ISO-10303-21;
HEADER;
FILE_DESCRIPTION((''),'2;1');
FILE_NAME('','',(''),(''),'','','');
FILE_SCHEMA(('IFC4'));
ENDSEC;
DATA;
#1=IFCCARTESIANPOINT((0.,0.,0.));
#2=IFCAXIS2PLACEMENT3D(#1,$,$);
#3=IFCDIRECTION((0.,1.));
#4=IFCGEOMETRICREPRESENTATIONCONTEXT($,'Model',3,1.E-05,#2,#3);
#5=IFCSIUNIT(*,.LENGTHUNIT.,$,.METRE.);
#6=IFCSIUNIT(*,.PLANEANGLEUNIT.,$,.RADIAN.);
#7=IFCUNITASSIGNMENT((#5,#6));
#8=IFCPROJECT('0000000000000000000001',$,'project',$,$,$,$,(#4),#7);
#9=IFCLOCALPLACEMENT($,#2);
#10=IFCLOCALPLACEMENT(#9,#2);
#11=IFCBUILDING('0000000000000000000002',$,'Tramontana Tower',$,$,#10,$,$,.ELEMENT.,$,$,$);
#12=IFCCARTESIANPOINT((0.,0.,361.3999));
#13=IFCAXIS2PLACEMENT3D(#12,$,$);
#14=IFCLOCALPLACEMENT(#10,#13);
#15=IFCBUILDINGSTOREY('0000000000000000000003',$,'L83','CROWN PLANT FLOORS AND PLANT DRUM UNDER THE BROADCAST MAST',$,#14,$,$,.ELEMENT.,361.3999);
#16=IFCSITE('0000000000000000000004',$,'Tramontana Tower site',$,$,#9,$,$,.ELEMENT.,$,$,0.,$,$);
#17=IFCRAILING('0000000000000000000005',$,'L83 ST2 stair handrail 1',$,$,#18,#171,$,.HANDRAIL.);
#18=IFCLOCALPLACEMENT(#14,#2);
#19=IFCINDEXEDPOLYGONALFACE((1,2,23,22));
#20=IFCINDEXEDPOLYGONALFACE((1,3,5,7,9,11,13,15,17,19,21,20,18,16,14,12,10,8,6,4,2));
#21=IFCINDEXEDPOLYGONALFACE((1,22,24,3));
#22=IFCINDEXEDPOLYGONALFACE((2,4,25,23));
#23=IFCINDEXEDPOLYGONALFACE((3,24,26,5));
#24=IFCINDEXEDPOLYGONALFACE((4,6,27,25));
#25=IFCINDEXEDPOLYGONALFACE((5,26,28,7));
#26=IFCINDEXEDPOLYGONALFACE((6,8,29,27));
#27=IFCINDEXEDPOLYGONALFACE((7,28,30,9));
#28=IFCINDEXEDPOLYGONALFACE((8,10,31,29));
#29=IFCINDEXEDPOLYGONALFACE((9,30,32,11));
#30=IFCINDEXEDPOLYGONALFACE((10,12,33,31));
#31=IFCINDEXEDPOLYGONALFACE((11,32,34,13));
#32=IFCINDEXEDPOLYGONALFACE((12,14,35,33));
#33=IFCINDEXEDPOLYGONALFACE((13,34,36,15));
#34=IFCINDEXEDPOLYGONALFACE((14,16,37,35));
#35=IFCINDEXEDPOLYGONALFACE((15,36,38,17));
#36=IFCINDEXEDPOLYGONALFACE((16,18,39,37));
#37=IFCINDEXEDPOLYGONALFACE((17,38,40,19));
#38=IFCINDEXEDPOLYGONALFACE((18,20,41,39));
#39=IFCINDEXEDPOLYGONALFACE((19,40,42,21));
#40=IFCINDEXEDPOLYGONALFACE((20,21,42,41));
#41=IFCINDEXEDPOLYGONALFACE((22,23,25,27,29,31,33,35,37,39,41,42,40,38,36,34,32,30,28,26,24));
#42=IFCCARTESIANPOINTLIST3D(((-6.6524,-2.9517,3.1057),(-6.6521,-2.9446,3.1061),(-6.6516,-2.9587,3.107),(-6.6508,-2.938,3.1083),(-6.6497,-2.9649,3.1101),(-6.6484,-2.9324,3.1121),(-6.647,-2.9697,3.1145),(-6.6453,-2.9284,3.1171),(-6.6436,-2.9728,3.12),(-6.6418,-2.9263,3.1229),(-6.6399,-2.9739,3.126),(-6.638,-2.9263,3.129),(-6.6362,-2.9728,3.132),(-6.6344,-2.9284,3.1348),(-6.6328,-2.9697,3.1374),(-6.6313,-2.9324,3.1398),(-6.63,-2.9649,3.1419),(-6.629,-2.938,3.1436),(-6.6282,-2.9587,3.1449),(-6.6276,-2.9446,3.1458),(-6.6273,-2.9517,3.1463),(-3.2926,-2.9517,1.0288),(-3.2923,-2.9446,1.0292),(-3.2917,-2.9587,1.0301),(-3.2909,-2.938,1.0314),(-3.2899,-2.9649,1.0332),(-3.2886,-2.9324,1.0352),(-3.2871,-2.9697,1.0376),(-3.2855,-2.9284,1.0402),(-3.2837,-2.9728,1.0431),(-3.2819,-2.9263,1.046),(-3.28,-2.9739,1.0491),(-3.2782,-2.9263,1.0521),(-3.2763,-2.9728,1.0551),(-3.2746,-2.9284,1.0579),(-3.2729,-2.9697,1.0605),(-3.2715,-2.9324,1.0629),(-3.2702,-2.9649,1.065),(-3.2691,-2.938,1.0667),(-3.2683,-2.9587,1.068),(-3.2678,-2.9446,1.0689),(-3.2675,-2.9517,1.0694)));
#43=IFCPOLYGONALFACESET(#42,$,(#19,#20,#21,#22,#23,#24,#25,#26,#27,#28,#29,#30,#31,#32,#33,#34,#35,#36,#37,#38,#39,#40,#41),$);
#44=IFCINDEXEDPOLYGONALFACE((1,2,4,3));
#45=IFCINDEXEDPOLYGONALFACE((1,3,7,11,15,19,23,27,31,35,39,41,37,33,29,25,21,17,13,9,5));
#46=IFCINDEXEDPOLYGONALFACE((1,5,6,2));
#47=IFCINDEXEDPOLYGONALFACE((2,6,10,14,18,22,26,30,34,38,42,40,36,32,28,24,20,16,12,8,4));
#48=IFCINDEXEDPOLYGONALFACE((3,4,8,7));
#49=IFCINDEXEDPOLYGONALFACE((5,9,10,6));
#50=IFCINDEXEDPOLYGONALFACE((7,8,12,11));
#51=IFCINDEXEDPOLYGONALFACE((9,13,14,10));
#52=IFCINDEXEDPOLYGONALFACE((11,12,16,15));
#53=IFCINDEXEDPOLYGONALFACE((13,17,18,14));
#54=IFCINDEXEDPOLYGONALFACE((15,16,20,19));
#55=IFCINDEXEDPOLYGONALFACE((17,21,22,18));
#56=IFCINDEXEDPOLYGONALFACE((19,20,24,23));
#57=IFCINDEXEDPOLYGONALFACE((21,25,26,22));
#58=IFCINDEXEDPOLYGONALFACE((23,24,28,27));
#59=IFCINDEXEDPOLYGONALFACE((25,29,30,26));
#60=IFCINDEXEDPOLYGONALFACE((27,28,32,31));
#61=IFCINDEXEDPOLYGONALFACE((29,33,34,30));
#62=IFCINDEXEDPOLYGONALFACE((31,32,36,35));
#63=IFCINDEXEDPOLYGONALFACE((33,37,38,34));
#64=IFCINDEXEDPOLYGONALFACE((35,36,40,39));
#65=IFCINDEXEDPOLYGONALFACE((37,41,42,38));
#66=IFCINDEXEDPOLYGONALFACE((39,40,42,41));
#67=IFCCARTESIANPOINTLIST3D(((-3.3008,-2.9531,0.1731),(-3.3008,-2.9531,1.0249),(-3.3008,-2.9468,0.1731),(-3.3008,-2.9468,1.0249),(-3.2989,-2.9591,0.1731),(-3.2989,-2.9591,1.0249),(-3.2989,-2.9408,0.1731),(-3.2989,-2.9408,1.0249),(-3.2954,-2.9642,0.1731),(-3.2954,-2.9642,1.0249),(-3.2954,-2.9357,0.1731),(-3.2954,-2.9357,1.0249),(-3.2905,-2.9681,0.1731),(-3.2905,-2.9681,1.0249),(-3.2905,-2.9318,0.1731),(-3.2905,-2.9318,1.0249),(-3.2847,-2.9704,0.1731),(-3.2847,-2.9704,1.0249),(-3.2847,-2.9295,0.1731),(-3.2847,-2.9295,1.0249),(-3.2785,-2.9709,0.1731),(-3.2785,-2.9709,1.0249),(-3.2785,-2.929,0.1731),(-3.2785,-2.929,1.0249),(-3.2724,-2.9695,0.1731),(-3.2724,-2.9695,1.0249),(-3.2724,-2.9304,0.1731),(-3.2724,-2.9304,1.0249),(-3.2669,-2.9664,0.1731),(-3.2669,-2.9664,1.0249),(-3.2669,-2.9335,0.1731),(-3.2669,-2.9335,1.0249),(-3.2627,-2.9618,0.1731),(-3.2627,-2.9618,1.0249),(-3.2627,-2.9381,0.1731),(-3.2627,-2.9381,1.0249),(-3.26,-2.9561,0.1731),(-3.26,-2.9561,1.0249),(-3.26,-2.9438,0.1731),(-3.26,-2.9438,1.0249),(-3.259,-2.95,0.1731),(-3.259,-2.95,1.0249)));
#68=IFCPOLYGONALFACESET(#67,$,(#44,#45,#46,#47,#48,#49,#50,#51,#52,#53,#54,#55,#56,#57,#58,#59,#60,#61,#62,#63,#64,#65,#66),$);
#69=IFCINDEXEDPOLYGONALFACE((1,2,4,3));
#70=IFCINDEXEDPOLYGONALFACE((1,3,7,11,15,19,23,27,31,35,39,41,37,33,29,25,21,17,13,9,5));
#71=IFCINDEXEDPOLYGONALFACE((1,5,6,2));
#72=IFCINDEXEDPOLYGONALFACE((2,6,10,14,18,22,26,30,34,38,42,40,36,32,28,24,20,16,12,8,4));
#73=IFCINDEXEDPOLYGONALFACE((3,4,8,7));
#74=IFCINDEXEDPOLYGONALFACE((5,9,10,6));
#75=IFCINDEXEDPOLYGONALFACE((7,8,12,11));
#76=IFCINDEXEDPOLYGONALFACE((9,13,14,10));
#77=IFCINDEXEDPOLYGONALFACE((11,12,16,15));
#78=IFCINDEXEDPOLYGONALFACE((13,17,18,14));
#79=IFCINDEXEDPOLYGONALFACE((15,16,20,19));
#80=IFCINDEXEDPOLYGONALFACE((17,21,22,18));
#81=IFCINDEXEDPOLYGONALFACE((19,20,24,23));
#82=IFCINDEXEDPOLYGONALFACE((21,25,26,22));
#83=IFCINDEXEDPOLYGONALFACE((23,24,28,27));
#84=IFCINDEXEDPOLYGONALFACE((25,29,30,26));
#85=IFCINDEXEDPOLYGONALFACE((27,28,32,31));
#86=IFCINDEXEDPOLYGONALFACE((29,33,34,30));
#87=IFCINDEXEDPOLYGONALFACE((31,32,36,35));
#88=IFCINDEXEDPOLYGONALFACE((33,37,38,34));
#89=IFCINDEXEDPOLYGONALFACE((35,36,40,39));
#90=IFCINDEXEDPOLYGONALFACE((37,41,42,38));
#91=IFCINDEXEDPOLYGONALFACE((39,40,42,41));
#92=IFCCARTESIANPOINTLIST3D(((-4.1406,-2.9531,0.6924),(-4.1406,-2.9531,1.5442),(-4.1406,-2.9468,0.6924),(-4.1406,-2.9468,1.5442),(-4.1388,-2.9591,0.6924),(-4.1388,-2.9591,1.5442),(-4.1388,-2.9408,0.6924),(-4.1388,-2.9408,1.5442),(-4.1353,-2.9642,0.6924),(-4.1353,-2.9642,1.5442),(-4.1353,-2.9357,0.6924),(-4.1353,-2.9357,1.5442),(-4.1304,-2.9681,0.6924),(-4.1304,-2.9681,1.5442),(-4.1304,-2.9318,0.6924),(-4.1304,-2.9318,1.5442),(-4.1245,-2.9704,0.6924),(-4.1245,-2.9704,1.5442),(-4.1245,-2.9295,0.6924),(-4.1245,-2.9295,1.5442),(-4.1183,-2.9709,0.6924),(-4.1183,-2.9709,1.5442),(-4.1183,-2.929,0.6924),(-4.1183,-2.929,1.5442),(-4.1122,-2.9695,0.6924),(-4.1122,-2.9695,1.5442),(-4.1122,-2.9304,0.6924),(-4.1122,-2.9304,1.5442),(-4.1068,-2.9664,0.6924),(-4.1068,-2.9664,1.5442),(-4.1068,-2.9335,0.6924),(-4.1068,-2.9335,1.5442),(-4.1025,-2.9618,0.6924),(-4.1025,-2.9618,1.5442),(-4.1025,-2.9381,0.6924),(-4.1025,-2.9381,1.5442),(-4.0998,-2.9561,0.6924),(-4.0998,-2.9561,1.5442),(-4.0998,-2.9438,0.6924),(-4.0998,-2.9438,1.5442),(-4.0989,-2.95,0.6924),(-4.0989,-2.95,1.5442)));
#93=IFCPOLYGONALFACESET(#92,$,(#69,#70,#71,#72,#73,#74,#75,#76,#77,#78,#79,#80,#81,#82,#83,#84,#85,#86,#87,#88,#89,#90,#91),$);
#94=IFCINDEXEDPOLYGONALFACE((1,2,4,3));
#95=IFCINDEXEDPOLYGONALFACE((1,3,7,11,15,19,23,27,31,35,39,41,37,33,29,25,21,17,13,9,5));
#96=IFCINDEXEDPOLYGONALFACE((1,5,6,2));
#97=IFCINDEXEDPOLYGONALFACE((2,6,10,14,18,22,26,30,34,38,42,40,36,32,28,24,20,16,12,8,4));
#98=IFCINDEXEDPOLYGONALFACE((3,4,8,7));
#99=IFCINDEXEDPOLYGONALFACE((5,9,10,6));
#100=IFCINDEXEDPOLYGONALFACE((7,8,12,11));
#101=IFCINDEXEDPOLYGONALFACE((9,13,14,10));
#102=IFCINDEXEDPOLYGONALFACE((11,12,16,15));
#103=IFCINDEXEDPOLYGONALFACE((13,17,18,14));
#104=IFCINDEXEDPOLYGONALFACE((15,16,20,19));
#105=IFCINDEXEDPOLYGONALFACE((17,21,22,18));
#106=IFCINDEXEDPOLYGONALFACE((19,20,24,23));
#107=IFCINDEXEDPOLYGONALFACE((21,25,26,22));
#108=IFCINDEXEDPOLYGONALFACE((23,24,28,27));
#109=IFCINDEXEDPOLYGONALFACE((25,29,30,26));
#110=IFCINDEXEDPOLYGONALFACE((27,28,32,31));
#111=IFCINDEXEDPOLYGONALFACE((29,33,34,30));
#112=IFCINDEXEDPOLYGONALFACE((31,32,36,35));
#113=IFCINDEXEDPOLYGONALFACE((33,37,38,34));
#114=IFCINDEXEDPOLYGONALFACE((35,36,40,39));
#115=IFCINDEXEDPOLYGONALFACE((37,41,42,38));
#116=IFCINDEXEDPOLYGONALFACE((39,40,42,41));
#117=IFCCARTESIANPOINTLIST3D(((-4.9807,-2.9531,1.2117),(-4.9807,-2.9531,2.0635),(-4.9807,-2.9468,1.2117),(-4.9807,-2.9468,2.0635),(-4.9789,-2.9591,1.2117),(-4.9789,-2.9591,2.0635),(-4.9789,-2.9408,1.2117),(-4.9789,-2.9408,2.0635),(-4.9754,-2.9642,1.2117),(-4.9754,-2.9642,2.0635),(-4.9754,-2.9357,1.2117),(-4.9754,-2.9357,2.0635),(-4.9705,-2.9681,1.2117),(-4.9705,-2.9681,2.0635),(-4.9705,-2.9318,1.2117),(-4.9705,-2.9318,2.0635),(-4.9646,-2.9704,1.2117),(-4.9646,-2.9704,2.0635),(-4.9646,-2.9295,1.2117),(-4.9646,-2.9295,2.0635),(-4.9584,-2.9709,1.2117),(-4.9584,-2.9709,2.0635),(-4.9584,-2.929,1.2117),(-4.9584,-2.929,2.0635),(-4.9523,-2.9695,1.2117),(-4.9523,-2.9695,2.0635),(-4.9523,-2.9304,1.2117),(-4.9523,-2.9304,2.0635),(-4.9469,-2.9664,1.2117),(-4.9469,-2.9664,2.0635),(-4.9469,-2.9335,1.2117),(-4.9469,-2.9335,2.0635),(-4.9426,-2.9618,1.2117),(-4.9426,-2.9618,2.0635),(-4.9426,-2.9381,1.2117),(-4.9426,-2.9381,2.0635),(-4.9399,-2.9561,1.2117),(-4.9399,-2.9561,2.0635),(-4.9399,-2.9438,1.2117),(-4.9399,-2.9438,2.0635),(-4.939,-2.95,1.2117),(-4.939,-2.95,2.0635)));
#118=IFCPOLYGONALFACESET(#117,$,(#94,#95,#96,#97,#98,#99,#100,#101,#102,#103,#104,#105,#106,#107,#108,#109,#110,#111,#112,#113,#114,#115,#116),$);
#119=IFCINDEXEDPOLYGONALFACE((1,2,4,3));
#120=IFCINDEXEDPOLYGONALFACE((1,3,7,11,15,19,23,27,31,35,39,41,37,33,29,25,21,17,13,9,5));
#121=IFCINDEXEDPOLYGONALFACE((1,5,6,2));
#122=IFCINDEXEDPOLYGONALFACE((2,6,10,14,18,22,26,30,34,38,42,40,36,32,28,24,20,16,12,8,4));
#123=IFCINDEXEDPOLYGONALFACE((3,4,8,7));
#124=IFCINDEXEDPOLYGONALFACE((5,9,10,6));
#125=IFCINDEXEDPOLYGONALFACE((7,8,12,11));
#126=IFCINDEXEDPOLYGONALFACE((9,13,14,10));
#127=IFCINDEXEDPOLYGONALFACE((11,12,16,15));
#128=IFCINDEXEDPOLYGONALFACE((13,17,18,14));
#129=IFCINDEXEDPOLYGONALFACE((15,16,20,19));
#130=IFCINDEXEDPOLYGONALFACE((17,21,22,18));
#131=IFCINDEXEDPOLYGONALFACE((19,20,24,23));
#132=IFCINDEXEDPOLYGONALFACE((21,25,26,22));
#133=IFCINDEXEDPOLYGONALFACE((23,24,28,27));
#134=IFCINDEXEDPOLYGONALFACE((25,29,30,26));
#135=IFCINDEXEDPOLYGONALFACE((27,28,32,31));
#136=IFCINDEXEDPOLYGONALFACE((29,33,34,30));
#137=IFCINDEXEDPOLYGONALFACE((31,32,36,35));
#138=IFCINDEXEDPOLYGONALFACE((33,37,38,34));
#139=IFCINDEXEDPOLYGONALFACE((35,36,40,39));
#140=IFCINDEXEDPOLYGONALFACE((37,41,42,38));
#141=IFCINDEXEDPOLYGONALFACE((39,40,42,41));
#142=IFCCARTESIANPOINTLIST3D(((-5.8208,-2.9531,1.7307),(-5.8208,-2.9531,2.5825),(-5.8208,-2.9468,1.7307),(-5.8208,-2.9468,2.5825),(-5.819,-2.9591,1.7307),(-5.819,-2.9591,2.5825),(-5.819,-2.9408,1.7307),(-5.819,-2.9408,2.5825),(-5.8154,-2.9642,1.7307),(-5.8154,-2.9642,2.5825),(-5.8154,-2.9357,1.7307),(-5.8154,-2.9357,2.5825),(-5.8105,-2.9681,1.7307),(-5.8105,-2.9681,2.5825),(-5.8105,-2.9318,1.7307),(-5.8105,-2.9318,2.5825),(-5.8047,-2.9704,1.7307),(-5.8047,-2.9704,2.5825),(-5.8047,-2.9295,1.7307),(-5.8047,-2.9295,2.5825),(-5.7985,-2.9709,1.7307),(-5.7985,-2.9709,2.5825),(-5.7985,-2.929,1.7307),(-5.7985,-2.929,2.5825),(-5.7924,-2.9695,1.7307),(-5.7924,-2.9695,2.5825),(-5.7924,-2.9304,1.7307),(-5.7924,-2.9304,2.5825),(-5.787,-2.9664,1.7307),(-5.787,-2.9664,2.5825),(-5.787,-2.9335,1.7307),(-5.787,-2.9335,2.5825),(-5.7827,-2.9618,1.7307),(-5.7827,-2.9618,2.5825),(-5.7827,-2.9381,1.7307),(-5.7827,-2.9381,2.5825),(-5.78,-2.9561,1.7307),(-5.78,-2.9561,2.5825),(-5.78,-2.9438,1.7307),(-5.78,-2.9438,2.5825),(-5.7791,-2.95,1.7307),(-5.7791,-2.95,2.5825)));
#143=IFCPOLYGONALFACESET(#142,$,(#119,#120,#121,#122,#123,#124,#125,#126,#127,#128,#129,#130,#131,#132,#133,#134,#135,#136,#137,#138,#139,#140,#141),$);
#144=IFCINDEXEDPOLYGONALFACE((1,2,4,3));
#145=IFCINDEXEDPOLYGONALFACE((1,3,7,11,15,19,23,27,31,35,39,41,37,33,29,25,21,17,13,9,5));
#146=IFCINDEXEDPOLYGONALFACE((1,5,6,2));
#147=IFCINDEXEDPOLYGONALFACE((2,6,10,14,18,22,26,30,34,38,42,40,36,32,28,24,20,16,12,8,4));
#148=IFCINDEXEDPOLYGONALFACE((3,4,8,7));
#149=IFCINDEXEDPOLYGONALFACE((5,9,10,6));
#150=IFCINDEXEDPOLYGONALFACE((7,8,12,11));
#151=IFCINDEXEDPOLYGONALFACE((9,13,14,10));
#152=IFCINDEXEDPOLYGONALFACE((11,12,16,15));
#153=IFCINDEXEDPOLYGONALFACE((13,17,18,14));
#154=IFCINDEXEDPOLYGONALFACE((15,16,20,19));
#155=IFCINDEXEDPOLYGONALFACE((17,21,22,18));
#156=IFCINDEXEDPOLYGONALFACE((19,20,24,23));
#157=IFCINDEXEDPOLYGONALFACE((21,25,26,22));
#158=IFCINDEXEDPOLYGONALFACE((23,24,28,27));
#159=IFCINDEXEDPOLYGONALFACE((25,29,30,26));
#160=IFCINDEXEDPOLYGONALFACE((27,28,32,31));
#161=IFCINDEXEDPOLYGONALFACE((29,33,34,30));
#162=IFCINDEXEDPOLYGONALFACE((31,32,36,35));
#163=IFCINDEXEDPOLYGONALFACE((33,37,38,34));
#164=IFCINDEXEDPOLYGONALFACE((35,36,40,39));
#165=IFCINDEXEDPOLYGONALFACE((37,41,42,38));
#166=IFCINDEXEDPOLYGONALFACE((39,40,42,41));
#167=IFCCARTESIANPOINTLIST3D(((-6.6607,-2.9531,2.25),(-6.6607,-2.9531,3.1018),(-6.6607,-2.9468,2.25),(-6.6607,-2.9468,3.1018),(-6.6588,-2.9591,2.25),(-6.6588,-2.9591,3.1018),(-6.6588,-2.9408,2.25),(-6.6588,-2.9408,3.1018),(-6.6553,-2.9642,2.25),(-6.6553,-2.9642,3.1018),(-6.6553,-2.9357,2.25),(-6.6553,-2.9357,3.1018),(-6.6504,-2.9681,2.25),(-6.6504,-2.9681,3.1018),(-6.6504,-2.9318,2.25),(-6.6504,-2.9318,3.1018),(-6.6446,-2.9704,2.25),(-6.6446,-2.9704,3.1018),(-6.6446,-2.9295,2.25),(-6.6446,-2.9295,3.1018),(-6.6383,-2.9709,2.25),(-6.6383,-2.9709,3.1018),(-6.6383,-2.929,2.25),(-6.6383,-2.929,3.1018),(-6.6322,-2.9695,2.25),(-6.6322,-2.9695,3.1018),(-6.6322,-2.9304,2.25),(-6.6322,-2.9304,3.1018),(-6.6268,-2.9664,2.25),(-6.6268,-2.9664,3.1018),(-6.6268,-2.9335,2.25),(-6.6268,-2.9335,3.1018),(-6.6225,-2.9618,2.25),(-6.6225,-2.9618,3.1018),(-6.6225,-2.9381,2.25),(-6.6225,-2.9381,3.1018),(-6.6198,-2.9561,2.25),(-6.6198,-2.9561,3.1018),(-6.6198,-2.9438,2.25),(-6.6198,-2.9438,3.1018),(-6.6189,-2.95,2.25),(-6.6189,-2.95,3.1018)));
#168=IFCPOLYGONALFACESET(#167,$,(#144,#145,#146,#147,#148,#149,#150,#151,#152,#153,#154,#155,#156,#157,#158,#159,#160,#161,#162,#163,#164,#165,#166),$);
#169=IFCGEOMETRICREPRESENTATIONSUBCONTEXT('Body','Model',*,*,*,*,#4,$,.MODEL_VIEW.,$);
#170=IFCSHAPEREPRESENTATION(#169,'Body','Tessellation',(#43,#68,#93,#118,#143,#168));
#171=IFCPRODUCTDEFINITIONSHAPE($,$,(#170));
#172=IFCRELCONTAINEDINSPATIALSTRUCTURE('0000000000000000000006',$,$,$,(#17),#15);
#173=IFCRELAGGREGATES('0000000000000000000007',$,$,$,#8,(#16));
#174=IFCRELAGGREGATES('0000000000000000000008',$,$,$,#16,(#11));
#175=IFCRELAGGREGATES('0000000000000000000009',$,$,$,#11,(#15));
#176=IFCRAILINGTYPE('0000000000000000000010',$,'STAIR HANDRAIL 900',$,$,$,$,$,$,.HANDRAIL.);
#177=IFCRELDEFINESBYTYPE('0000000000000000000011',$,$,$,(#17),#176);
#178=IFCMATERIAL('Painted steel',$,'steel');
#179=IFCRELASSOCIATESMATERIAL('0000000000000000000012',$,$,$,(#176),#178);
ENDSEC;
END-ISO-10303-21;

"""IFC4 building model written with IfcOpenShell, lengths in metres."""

from ifc_helpers import new_model, si_unit, direction, frame, origin, origin_2d, place, context, subcontext, project, spatial, circle, extrude, material, type_object, element, save


model = new_model("IFC4")

# Units and contexts
model_context = context("Model", 3, precision=1e-05, world=origin(), true_north=direction((0.0, 1.0)))
body_context = subcontext(model_context, "Body", "Model", "MODEL_VIEW")
ifc_project = project(units=[si_unit("LENGTHUNIT", "METRE"), si_unit("PLANEANGLEUNIT", "RADIAN")], contexts=[model_context])

# Site, building, storey
site_placement = place(None, origin())
site = spatial("IfcSite", under=ifc_project, at=site_placement, Name="Tramontana Tower site", CompositionType="ELEMENT", RefElevation=0.0)
building_placement = place(site_placement, origin())
building = spatial("IfcBuilding", under=site, at=building_placement, Name="Tramontana Tower", CompositionType="ELEMENT")
storey_placement = place(building_placement, frame((0.0, 0.0, 361.3999)))
storey = spatial("IfcBuildingStorey", under=building, at=storey_placement, Name="L83", Description="CROWN PLANT FLOORS AND PLANT DRUM UNDER THE BROADCAST MAST", CompositionType="ELEMENT", Elevation=361.3999)

# Railing
ifc_material_1 = material(Name="Painted steel", Category="steel")
railing_type_1 = type_object("IfcRailingType", Name="STAIR HANDRAIL 900", PredefinedType="HANDRAIL", material=ifc_material_1)
railing_1_placement = place(storey_placement, frame((-3.28, -2.95, 0.1731)))
element("IfcRailing", 1, at=railing_1_placement, inside=storey, type_object=railing_type_1, Name="L83 ST2 stair handrail 1", PredefinedType="HANDRAIL", context=body_context, shape_type="SweptSolid", body=[
    extrude(circle(Radius=0.0239, at=origin_2d()), frame((0.0, 0.0, 0.876), z_axis=(-0.850606, 0.0, 0.525803), x_axis=(0.0, -1.0, 0.0)), (0.0, 0.0, 1.0), 3.95),
    extrude(circle(Radius=0.021, at=origin_2d()), origin(), (0.0, 0.0, 1.0), 0.8518),
    extrude(circle(Radius=0.021, at=origin_2d()), frame((-0.8398, 0.0, 0.5193)), (0.0, 0.0, 1.0), 0.8518),
    extrude(circle(Radius=0.021, at=origin_2d()), frame((-1.6799, 0.0, 1.0386)), (0.0, 0.0, 1.0), 0.8518),
    extrude(circle(Radius=0.021, at=origin_2d()), frame((-2.52, 0.0, 1.5576)), (0.0, 0.0, 1.0), 0.8518),
    extrude(circle(Radius=0.021, at=origin_2d()), frame((-3.3599, 0.0, 2.0769)), (0.0, 0.0, 1.0), 0.8518),
])

save(model, "model.ifc")
